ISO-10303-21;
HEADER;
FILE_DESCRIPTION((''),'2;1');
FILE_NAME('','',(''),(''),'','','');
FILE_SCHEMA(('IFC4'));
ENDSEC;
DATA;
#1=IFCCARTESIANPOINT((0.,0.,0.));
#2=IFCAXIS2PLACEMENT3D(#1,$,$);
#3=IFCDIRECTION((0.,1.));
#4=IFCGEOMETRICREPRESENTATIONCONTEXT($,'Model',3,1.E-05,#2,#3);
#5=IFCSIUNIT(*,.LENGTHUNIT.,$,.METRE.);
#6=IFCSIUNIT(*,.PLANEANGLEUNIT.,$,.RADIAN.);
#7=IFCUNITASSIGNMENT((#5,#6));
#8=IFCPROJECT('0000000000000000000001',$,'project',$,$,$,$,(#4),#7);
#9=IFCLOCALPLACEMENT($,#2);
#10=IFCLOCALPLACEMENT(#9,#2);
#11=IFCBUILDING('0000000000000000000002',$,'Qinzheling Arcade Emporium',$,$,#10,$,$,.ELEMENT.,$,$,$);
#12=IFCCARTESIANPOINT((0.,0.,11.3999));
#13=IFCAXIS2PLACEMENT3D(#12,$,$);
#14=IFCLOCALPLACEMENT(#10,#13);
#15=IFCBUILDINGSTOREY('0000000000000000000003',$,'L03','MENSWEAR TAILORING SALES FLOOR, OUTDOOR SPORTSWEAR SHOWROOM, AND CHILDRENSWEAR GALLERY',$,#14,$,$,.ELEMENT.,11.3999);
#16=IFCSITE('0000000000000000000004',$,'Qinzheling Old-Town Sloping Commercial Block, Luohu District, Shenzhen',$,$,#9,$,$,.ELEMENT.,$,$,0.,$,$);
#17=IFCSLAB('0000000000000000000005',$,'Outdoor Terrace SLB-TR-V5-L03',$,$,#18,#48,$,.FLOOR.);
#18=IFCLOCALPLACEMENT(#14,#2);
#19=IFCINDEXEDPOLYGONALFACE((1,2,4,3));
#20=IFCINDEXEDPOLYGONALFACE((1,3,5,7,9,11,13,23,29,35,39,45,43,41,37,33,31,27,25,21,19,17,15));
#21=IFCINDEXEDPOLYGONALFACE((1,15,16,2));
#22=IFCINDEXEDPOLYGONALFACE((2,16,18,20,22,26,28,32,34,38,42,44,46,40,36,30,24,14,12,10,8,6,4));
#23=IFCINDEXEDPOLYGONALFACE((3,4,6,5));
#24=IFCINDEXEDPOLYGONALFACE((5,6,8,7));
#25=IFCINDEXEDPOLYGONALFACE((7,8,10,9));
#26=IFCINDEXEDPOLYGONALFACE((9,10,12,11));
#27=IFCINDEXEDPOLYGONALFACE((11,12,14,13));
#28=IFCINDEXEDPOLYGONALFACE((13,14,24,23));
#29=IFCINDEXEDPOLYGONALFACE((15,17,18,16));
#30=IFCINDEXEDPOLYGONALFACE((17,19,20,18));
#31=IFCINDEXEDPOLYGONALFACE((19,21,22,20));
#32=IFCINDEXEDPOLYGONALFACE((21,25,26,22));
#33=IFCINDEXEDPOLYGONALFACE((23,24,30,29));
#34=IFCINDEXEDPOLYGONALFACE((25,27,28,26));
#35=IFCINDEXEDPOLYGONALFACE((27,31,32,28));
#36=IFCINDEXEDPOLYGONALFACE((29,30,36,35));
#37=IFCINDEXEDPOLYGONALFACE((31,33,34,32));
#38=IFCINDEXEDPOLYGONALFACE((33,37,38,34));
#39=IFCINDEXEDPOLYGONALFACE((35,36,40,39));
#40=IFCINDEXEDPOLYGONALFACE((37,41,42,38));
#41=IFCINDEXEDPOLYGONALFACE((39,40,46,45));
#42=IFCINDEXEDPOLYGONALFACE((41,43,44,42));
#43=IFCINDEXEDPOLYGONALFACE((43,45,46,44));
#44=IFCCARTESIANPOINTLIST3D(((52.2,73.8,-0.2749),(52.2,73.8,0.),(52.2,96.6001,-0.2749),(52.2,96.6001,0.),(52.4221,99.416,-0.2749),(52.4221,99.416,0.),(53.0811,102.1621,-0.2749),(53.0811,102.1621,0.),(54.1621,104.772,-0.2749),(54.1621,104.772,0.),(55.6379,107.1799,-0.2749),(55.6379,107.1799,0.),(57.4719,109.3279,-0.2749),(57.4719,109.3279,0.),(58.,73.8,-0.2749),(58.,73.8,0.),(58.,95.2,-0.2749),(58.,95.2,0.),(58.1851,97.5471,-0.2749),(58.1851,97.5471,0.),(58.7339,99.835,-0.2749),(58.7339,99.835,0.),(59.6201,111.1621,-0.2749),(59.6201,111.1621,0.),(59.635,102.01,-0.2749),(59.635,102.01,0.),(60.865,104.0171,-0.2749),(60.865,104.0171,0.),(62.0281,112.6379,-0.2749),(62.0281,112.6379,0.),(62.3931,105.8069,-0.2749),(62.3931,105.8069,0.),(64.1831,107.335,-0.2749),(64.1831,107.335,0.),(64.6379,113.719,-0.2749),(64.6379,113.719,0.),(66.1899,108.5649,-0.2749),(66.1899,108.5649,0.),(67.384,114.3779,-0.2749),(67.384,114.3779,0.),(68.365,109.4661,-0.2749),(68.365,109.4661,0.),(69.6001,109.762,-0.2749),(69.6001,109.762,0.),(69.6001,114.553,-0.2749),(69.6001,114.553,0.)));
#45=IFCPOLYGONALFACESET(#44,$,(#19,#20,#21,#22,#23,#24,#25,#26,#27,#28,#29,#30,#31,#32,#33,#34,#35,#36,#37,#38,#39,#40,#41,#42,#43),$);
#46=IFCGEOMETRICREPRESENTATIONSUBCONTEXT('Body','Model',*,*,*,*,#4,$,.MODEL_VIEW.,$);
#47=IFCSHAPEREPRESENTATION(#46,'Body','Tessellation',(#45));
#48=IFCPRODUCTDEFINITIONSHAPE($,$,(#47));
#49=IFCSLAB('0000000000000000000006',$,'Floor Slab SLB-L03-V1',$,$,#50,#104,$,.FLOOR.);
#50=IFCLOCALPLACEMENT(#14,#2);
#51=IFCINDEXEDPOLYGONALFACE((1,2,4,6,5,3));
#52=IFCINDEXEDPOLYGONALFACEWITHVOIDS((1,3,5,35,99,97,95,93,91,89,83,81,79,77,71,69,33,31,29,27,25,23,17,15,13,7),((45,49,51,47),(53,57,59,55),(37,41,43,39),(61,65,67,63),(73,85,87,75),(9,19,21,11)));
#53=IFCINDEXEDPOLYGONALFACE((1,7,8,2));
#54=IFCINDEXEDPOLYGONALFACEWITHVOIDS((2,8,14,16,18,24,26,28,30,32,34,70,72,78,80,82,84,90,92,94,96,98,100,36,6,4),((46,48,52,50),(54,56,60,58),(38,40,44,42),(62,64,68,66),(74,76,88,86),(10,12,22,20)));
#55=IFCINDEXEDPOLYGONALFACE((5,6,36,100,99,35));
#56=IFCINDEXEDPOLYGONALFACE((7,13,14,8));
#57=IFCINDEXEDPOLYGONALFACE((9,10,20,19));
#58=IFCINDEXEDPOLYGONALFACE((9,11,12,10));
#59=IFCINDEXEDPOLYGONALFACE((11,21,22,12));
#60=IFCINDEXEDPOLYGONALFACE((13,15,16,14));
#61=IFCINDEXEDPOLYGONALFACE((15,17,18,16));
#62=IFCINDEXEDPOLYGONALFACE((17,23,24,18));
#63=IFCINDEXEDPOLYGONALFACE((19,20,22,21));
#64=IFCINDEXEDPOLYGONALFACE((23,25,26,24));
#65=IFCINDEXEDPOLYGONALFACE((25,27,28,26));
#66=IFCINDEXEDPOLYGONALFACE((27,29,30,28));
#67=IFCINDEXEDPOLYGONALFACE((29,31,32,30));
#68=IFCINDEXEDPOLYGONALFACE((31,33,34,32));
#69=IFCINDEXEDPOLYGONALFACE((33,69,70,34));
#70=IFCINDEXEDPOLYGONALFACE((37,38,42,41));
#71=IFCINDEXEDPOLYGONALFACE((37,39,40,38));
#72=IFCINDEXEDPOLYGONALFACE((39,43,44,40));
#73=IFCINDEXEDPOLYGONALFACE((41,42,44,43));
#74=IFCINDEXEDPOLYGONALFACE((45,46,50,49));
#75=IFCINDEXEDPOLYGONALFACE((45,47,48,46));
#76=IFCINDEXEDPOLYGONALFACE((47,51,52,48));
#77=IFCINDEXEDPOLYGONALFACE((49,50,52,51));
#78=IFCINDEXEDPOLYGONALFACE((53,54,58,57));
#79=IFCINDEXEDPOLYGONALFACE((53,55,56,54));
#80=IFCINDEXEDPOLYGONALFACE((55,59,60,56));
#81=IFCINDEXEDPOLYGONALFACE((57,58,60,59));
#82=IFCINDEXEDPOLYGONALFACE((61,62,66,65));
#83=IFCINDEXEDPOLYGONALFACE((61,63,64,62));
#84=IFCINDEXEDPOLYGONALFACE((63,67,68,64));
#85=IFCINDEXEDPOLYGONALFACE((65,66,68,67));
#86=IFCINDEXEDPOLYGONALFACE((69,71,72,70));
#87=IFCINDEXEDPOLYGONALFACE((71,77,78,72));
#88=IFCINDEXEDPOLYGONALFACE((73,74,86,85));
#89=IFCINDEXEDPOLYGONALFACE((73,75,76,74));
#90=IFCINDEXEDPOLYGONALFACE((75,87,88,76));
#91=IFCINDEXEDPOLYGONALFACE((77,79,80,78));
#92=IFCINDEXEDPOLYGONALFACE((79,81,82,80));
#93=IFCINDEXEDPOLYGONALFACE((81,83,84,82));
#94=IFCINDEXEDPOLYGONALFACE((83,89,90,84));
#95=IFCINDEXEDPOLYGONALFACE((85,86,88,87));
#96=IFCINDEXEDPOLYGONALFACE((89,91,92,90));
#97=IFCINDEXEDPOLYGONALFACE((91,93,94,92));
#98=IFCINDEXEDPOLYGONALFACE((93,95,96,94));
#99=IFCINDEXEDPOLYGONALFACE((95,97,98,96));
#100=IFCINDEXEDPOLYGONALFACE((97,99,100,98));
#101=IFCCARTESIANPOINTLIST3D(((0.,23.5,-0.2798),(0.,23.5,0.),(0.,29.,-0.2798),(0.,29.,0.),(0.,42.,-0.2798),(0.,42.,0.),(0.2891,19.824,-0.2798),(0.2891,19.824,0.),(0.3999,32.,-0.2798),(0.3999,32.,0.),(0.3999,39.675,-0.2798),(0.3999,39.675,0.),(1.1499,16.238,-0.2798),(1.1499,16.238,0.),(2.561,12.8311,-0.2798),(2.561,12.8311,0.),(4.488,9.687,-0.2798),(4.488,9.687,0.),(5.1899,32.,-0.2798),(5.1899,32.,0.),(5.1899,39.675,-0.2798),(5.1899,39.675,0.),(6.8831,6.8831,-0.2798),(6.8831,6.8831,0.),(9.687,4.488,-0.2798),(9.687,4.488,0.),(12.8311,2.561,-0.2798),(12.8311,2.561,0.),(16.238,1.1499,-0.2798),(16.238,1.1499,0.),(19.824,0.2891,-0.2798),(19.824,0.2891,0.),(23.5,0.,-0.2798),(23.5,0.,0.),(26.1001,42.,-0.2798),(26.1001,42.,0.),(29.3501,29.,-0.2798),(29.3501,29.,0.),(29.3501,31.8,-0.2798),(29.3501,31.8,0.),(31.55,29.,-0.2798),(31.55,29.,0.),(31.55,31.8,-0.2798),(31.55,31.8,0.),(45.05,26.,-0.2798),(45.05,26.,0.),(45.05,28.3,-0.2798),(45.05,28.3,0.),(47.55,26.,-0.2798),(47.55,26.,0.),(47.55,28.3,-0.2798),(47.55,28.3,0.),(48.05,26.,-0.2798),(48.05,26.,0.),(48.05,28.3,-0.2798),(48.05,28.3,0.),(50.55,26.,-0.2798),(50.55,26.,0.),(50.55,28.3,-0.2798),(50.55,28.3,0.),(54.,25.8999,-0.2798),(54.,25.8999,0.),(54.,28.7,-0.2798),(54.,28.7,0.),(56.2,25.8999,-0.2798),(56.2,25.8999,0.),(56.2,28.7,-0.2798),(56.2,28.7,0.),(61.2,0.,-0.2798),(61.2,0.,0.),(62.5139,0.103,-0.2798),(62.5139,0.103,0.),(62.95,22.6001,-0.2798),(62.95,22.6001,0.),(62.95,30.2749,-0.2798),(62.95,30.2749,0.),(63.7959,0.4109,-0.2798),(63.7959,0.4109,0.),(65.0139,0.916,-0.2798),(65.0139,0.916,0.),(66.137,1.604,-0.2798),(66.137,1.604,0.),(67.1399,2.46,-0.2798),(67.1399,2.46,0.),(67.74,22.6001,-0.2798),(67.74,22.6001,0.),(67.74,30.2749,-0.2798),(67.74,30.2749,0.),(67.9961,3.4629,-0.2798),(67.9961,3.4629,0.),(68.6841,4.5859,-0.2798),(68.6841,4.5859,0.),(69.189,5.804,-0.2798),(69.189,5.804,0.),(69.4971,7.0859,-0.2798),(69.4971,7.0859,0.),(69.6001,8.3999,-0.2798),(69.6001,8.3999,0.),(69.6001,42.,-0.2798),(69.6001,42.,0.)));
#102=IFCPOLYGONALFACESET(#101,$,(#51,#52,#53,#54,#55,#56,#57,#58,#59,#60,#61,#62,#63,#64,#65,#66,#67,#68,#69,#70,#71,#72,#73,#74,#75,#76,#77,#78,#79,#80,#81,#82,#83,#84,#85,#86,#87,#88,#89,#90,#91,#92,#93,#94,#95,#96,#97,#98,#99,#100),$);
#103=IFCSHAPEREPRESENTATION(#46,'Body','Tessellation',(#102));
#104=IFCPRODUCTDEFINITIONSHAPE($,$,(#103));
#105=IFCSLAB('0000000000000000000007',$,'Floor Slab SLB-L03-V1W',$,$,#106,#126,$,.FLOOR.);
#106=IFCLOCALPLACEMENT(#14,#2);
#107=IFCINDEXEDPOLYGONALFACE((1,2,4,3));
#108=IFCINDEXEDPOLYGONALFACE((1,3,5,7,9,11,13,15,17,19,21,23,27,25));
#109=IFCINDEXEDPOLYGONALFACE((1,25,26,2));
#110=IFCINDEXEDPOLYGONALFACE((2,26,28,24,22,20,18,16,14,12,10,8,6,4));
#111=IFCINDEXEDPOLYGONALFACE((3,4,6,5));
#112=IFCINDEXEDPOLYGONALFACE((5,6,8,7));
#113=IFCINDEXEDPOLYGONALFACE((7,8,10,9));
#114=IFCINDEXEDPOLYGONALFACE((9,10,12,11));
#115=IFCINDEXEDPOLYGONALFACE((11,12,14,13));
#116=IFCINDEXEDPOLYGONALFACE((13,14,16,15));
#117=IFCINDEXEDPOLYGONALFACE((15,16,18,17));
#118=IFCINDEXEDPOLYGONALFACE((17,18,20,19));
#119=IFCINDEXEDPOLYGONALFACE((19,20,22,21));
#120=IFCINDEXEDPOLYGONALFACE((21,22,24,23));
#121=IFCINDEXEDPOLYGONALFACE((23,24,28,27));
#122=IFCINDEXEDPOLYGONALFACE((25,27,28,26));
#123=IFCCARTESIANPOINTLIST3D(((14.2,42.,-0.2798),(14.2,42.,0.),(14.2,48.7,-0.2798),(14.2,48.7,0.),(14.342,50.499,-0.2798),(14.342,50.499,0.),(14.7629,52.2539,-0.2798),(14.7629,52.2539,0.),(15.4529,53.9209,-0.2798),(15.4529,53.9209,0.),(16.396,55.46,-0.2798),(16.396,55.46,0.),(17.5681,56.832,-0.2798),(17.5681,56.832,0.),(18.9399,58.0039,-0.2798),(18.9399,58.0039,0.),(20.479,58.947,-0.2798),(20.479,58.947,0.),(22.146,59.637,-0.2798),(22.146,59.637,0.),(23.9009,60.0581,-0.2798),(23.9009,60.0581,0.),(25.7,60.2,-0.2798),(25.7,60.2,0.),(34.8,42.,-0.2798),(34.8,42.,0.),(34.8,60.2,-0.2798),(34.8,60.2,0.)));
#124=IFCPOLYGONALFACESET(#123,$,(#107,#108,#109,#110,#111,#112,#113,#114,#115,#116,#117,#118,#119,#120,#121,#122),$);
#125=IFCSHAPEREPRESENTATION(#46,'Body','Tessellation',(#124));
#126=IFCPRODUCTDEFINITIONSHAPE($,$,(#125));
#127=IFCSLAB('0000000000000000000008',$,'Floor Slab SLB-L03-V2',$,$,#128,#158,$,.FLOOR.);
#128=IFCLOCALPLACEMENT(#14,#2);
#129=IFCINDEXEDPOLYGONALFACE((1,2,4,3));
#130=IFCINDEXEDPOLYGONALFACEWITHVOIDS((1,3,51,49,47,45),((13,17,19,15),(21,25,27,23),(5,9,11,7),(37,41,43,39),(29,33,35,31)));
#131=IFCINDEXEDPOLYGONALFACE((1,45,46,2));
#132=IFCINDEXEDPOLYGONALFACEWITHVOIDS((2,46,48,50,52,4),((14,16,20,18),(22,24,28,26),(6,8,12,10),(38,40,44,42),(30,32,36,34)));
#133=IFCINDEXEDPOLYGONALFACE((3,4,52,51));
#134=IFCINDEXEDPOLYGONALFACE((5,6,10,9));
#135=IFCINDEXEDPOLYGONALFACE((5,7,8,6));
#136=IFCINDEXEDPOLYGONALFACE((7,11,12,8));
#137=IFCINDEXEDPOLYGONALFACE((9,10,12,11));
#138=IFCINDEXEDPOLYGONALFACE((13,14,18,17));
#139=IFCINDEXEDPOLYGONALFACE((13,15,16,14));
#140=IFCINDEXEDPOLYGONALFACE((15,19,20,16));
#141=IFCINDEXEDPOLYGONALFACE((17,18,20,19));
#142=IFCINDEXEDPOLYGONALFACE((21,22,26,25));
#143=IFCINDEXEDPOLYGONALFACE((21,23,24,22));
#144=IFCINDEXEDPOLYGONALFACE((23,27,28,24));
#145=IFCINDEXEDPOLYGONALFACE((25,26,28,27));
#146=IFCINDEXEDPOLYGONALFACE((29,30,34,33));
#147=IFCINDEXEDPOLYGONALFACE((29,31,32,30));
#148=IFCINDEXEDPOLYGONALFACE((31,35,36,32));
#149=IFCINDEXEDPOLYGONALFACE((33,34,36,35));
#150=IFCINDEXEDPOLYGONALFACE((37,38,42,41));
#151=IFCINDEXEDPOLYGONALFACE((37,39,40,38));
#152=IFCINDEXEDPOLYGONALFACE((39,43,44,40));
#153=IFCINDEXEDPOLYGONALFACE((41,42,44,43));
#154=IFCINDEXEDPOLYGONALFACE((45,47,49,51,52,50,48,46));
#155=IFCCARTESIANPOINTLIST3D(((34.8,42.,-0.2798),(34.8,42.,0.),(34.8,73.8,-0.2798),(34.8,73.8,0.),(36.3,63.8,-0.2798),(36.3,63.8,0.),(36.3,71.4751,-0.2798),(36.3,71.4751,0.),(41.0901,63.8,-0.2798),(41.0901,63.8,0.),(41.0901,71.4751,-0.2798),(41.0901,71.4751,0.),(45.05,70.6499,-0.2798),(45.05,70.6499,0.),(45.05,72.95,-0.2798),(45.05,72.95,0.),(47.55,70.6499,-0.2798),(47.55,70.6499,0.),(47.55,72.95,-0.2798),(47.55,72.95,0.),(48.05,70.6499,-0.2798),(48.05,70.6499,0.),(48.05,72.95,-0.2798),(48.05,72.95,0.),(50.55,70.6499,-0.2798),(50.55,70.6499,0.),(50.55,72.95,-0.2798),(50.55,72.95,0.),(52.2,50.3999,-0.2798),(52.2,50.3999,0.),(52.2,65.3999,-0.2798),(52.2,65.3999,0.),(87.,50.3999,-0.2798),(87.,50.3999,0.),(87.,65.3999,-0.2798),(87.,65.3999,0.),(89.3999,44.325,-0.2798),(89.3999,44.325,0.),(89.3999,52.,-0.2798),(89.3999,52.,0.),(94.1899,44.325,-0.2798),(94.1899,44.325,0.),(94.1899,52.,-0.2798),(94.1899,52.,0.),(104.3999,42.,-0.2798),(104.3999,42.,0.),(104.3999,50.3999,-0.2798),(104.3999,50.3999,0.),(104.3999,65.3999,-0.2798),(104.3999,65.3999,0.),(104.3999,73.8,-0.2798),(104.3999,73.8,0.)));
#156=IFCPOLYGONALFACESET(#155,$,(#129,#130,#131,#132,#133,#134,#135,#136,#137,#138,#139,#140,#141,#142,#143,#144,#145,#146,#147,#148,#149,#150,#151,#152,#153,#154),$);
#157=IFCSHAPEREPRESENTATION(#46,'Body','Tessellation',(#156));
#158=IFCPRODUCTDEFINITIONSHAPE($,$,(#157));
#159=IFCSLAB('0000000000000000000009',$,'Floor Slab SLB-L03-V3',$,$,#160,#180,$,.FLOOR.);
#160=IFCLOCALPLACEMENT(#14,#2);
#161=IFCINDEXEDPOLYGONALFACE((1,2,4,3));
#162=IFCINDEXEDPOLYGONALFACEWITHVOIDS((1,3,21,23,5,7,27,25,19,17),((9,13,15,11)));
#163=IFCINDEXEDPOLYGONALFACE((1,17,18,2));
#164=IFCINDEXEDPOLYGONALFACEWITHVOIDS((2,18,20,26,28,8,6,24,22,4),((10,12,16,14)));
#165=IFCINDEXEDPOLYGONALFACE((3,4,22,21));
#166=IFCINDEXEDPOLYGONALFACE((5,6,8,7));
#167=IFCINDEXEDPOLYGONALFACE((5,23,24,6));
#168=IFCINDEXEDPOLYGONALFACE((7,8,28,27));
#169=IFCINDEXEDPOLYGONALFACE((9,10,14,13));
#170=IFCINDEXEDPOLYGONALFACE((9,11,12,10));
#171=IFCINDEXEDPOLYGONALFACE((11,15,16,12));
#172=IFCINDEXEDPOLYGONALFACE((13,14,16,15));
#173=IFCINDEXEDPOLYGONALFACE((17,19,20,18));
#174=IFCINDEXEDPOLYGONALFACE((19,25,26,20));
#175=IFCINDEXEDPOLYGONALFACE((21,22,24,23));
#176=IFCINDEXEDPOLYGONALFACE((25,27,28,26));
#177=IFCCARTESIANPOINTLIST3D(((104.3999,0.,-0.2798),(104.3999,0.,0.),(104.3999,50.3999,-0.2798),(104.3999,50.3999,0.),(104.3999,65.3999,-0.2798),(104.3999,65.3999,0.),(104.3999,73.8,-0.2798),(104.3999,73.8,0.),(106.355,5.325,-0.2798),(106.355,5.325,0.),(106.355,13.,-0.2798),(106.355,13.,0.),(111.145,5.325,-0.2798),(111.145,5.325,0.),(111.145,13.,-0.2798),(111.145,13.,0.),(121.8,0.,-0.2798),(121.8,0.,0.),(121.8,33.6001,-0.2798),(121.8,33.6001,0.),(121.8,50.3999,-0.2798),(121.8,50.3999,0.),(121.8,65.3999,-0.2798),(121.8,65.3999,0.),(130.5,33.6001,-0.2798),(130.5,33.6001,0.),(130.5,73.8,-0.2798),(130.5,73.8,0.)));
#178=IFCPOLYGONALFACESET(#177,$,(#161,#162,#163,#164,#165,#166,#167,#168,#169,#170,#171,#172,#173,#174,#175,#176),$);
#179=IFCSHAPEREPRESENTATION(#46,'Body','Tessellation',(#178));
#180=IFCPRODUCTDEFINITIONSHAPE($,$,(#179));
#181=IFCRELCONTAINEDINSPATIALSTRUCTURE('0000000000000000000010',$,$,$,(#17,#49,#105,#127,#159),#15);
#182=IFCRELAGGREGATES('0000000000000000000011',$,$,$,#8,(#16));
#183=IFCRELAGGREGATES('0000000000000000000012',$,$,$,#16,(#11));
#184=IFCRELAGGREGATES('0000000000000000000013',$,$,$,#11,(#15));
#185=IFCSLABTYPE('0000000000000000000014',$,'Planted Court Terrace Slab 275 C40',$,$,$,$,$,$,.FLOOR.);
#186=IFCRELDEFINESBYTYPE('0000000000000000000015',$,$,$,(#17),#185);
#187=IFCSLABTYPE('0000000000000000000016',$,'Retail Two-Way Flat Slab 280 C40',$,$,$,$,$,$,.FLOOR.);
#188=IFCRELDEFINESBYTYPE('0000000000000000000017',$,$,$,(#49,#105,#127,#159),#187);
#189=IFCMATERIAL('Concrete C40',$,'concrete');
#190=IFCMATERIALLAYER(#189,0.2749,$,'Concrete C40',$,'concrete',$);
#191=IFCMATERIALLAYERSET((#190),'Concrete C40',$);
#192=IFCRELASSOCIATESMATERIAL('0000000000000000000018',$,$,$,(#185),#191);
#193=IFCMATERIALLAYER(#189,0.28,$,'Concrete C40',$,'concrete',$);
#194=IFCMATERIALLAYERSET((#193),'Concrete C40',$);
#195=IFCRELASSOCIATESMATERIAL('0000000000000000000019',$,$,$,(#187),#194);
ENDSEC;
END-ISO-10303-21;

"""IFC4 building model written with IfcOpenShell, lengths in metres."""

from ifc_helpers import new_model, si_unit, direction, frame, origin, place, context, subcontext, project, spatial, polyline, outline, extrude, material, layer, layer_set, type_object, element, save


model = new_model("IFC4")

# Units and contexts
model_context = context("Model", 3, precision=1e-05, world=origin(), true_north=direction((0.0, 1.0)))
body_context = subcontext(model_context, "Body", "Model", "MODEL_VIEW")
ifc_project = project(units=[si_unit("LENGTHUNIT", "METRE"), si_unit("PLANEANGLEUNIT", "RADIAN")], contexts=[model_context])

# Site, building, storey
site_placement = place(None, origin())
site = spatial("IfcSite", under=ifc_project, at=site_placement, Name="Qinzheling Old-Town Sloping Commercial Block, Luohu District, Shenzhen", CompositionType="ELEMENT", RefElevation=0.0)
building_placement = place(site_placement, origin())
building = spatial("IfcBuilding", under=site, at=building_placement, Name="Qinzheling Arcade Emporium", CompositionType="ELEMENT")
storey_placement = place(building_placement, frame((0.0, 0.0, 11.3999)))
storey = spatial("IfcBuildingStorey", under=building, at=storey_placement, Name="L03", Description="MENSWEAR TAILORING SALES FLOOR, OUTDOOR SPORTSWEAR SHOWROOM, AND CHILDRENSWEAR GALLERY", CompositionType="ELEMENT", Elevation=11.3999)

# Slabs
ifc_material = material(Name="Concrete C40", Category="concrete")
ifc_layer_1 = layer(ifc_material, 0.2749, Name="Concrete C40", Category="concrete")
ifc_layer_set_1 = layer_set([ifc_layer_1], Name="Concrete C40")
slab_type_1 = type_object("IfcSlabType", Name="Planted Court Terrace Slab 275 C40", PredefinedType="FLOOR", material=ifc_layer_set_1)
slab_1_placement = place(storey_placement, frame((0.0, 0.0, -0.2749)))
element("IfcSlab", 1, at=slab_1_placement, inside=storey, type_object=slab_type_1, Name="Outdoor Terrace SLB-TR-V5-L03", PredefinedType="FLOOR", context=body_context, shape_type="SweptSolid", body=[
    extrude(outline(polyline([(52.2, 73.8), (58.0, 73.8), (58.0, 95.2), (58.1851, 97.5471), (58.7339, 99.835), (59.635, 102.01), (60.865, 104.0171), (62.3931, 105.8069), (64.1831, 107.335), (66.1899, 108.5649), (68.365, 109.4661), (69.6001, 109.762), (69.6001, 114.553), (67.384, 114.3779), (64.6379, 113.719), (62.0281, 112.6379), (59.6201, 111.1621), (57.4719, 109.3279), (55.6379, 107.1799), (54.1621, 104.772), (53.0811, 102.1621), (52.4221, 99.416), (52.2, 96.6001), (52.2, 73.8)])), origin(), (0.0, 0.0, 1.0), 0.2749),
])
ifc_layer_2 = layer(ifc_material, 0.28, Name="Concrete C40", Category="concrete")
ifc_layer_set_2 = layer_set([ifc_layer_2], Name="Concrete C40")
slab_type_2 = type_object("IfcSlabType", Name="Retail Two-Way Flat Slab 280 C40", PredefinedType="FLOOR", material=ifc_layer_set_2)
slab_2_placement = place(storey_placement, frame((0.0, 0.0, -0.2798)))
element("IfcSlab", 2, at=slab_2_placement, inside=storey, type_object=slab_type_2, Name="Floor Slab SLB-L03-V1", PredefinedType="FLOOR", context=body_context, shape_type="SweptSolid", body=[
    extrude(outline(polyline([(0.0, 29.0), (0.0, 23.5), (0.2891, 19.824), (1.1499, 16.238), (2.561, 12.8311), (4.488, 9.687), (6.8831, 6.8831), (9.687, 4.488), (12.8311, 2.561), (16.238, 1.1499), (19.824, 0.2891), (23.5, 0.0), (61.2, 0.0), (62.5139, 0.103), (63.7959, 0.4109), (65.0139, 0.916), (66.137, 1.604), (67.1399, 2.46), (67.9961, 3.4629), (68.6841, 4.5859), (69.189, 5.804), (69.4971, 7.0859), (69.6001, 8.3999), (69.6001, 42.0), (26.1001, 42.0), (0.0, 42.0), (0.0, 29.0)]), holes=[polyline([(67.74, 22.6001), (62.95, 22.6001), (62.95, 30.2749), (67.74, 30.2749), (67.74, 22.6001)]), polyline([(54.0, 25.8999), (54.0, 28.7), (56.2, 28.7), (56.2, 25.8999), (54.0, 25.8999)]), polyline([(50.55, 26.0), (48.05, 26.0), (48.05, 28.3), (50.55, 28.3), (50.55, 26.0)]), polyline([(47.55, 26.0), (45.05, 26.0), (45.05, 28.3), (47.55, 28.3), (47.55, 26.0)]), polyline([(29.3501, 29.0), (29.3501, 31.8), (31.55, 31.8), (31.55, 29.0), (29.3501, 29.0)]), polyline([(5.1899, 32.0), (0.3999, 32.0), (0.3999, 39.675), (5.1899, 39.675), (5.1899, 32.0)])]), origin(), (0.0, 0.0, 1.0), 0.2798),
])
slab_3_placement = place(storey_placement, frame((0.0, 0.0, -0.2798)))
element("IfcSlab", 3, at=slab_3_placement, inside=storey, type_object=slab_type_2, Name="Floor Slab SLB-L03-V1W", PredefinedType="FLOOR", context=body_context, shape_type="SweptSolid", body=[
    extrude(outline(polyline([(14.2, 48.7), (14.2, 42.0), (34.8, 42.0), (34.8, 60.2), (25.7, 60.2), (23.9009, 60.0581), (22.146, 59.637), (20.479, 58.947), (18.9399, 58.0039), (17.5681, 56.832), (16.396, 55.46), (15.4529, 53.9209), (14.7629, 52.2539), (14.342, 50.499), (14.2, 48.7)])), origin(), (0.0, 0.0, 1.0), 0.2798),
])
slab_4_placement = place(storey_placement, frame((0.0, 0.0, -0.2798)))
element("IfcSlab", 4, at=slab_4_placement, inside=storey, type_object=slab_type_2, Name="Floor Slab SLB-L03-V2", PredefinedType="FLOOR", context=body_context, shape_type="SweptSolid", body=[
    extrude(outline(polyline([(34.8, 42.0), (104.3999, 42.0), (104.3999, 50.3999), (104.3999, 65.3999), (104.3999, 73.8), (34.8, 73.8), (34.8, 42.0)]), holes=[polyline([(89.3999, 44.325), (89.3999, 52.0), (94.1899, 52.0), (94.1899, 44.325), (89.3999, 44.325)]), polyline([(87.0, 50.3999), (52.2, 50.3999), (52.2, 65.3999), (87.0, 65.3999), (87.0, 50.3999)]), polyline([(48.05, 70.6499), (48.05, 72.95), (50.55, 72.95), (50.55, 70.6499), (48.05, 70.6499)]), polyline([(45.05, 70.6499), (45.05, 72.95), (47.55, 72.95), (47.55, 70.6499), (45.05, 70.6499)]), polyline([(41.0901, 63.8), (36.3, 63.8), (36.3, 71.4751), (41.0901, 71.4751), (41.0901, 63.8)])]), origin(), (0.0, 0.0, 1.0), 0.2798),
])
slab_5_placement = place(storey_placement, frame((0.0, 0.0, -0.2798)))
element("IfcSlab", 5, at=slab_5_placement, inside=storey, type_object=slab_type_2, Name="Floor Slab SLB-L03-V3", PredefinedType="FLOOR", context=body_context, shape_type="SweptSolid", body=[
    extrude(outline(polyline([(104.3999, 0.0), (121.8, 0.0), (121.8, 33.6001), (130.5, 33.6001), (130.5, 73.8), (104.3999, 73.8), (104.3999, 65.3999), (121.8, 65.3999), (121.8, 50.3999), (104.3999, 50.3999), (104.3999, 0.0)]), holes=[polyline([(111.145, 5.325), (106.355, 5.325), (106.355, 13.0), (111.145, 13.0), (111.145, 5.325)])]), origin(), (0.0, 0.0, 1.0), 0.2798),
])

save(model, "model.ifc")
